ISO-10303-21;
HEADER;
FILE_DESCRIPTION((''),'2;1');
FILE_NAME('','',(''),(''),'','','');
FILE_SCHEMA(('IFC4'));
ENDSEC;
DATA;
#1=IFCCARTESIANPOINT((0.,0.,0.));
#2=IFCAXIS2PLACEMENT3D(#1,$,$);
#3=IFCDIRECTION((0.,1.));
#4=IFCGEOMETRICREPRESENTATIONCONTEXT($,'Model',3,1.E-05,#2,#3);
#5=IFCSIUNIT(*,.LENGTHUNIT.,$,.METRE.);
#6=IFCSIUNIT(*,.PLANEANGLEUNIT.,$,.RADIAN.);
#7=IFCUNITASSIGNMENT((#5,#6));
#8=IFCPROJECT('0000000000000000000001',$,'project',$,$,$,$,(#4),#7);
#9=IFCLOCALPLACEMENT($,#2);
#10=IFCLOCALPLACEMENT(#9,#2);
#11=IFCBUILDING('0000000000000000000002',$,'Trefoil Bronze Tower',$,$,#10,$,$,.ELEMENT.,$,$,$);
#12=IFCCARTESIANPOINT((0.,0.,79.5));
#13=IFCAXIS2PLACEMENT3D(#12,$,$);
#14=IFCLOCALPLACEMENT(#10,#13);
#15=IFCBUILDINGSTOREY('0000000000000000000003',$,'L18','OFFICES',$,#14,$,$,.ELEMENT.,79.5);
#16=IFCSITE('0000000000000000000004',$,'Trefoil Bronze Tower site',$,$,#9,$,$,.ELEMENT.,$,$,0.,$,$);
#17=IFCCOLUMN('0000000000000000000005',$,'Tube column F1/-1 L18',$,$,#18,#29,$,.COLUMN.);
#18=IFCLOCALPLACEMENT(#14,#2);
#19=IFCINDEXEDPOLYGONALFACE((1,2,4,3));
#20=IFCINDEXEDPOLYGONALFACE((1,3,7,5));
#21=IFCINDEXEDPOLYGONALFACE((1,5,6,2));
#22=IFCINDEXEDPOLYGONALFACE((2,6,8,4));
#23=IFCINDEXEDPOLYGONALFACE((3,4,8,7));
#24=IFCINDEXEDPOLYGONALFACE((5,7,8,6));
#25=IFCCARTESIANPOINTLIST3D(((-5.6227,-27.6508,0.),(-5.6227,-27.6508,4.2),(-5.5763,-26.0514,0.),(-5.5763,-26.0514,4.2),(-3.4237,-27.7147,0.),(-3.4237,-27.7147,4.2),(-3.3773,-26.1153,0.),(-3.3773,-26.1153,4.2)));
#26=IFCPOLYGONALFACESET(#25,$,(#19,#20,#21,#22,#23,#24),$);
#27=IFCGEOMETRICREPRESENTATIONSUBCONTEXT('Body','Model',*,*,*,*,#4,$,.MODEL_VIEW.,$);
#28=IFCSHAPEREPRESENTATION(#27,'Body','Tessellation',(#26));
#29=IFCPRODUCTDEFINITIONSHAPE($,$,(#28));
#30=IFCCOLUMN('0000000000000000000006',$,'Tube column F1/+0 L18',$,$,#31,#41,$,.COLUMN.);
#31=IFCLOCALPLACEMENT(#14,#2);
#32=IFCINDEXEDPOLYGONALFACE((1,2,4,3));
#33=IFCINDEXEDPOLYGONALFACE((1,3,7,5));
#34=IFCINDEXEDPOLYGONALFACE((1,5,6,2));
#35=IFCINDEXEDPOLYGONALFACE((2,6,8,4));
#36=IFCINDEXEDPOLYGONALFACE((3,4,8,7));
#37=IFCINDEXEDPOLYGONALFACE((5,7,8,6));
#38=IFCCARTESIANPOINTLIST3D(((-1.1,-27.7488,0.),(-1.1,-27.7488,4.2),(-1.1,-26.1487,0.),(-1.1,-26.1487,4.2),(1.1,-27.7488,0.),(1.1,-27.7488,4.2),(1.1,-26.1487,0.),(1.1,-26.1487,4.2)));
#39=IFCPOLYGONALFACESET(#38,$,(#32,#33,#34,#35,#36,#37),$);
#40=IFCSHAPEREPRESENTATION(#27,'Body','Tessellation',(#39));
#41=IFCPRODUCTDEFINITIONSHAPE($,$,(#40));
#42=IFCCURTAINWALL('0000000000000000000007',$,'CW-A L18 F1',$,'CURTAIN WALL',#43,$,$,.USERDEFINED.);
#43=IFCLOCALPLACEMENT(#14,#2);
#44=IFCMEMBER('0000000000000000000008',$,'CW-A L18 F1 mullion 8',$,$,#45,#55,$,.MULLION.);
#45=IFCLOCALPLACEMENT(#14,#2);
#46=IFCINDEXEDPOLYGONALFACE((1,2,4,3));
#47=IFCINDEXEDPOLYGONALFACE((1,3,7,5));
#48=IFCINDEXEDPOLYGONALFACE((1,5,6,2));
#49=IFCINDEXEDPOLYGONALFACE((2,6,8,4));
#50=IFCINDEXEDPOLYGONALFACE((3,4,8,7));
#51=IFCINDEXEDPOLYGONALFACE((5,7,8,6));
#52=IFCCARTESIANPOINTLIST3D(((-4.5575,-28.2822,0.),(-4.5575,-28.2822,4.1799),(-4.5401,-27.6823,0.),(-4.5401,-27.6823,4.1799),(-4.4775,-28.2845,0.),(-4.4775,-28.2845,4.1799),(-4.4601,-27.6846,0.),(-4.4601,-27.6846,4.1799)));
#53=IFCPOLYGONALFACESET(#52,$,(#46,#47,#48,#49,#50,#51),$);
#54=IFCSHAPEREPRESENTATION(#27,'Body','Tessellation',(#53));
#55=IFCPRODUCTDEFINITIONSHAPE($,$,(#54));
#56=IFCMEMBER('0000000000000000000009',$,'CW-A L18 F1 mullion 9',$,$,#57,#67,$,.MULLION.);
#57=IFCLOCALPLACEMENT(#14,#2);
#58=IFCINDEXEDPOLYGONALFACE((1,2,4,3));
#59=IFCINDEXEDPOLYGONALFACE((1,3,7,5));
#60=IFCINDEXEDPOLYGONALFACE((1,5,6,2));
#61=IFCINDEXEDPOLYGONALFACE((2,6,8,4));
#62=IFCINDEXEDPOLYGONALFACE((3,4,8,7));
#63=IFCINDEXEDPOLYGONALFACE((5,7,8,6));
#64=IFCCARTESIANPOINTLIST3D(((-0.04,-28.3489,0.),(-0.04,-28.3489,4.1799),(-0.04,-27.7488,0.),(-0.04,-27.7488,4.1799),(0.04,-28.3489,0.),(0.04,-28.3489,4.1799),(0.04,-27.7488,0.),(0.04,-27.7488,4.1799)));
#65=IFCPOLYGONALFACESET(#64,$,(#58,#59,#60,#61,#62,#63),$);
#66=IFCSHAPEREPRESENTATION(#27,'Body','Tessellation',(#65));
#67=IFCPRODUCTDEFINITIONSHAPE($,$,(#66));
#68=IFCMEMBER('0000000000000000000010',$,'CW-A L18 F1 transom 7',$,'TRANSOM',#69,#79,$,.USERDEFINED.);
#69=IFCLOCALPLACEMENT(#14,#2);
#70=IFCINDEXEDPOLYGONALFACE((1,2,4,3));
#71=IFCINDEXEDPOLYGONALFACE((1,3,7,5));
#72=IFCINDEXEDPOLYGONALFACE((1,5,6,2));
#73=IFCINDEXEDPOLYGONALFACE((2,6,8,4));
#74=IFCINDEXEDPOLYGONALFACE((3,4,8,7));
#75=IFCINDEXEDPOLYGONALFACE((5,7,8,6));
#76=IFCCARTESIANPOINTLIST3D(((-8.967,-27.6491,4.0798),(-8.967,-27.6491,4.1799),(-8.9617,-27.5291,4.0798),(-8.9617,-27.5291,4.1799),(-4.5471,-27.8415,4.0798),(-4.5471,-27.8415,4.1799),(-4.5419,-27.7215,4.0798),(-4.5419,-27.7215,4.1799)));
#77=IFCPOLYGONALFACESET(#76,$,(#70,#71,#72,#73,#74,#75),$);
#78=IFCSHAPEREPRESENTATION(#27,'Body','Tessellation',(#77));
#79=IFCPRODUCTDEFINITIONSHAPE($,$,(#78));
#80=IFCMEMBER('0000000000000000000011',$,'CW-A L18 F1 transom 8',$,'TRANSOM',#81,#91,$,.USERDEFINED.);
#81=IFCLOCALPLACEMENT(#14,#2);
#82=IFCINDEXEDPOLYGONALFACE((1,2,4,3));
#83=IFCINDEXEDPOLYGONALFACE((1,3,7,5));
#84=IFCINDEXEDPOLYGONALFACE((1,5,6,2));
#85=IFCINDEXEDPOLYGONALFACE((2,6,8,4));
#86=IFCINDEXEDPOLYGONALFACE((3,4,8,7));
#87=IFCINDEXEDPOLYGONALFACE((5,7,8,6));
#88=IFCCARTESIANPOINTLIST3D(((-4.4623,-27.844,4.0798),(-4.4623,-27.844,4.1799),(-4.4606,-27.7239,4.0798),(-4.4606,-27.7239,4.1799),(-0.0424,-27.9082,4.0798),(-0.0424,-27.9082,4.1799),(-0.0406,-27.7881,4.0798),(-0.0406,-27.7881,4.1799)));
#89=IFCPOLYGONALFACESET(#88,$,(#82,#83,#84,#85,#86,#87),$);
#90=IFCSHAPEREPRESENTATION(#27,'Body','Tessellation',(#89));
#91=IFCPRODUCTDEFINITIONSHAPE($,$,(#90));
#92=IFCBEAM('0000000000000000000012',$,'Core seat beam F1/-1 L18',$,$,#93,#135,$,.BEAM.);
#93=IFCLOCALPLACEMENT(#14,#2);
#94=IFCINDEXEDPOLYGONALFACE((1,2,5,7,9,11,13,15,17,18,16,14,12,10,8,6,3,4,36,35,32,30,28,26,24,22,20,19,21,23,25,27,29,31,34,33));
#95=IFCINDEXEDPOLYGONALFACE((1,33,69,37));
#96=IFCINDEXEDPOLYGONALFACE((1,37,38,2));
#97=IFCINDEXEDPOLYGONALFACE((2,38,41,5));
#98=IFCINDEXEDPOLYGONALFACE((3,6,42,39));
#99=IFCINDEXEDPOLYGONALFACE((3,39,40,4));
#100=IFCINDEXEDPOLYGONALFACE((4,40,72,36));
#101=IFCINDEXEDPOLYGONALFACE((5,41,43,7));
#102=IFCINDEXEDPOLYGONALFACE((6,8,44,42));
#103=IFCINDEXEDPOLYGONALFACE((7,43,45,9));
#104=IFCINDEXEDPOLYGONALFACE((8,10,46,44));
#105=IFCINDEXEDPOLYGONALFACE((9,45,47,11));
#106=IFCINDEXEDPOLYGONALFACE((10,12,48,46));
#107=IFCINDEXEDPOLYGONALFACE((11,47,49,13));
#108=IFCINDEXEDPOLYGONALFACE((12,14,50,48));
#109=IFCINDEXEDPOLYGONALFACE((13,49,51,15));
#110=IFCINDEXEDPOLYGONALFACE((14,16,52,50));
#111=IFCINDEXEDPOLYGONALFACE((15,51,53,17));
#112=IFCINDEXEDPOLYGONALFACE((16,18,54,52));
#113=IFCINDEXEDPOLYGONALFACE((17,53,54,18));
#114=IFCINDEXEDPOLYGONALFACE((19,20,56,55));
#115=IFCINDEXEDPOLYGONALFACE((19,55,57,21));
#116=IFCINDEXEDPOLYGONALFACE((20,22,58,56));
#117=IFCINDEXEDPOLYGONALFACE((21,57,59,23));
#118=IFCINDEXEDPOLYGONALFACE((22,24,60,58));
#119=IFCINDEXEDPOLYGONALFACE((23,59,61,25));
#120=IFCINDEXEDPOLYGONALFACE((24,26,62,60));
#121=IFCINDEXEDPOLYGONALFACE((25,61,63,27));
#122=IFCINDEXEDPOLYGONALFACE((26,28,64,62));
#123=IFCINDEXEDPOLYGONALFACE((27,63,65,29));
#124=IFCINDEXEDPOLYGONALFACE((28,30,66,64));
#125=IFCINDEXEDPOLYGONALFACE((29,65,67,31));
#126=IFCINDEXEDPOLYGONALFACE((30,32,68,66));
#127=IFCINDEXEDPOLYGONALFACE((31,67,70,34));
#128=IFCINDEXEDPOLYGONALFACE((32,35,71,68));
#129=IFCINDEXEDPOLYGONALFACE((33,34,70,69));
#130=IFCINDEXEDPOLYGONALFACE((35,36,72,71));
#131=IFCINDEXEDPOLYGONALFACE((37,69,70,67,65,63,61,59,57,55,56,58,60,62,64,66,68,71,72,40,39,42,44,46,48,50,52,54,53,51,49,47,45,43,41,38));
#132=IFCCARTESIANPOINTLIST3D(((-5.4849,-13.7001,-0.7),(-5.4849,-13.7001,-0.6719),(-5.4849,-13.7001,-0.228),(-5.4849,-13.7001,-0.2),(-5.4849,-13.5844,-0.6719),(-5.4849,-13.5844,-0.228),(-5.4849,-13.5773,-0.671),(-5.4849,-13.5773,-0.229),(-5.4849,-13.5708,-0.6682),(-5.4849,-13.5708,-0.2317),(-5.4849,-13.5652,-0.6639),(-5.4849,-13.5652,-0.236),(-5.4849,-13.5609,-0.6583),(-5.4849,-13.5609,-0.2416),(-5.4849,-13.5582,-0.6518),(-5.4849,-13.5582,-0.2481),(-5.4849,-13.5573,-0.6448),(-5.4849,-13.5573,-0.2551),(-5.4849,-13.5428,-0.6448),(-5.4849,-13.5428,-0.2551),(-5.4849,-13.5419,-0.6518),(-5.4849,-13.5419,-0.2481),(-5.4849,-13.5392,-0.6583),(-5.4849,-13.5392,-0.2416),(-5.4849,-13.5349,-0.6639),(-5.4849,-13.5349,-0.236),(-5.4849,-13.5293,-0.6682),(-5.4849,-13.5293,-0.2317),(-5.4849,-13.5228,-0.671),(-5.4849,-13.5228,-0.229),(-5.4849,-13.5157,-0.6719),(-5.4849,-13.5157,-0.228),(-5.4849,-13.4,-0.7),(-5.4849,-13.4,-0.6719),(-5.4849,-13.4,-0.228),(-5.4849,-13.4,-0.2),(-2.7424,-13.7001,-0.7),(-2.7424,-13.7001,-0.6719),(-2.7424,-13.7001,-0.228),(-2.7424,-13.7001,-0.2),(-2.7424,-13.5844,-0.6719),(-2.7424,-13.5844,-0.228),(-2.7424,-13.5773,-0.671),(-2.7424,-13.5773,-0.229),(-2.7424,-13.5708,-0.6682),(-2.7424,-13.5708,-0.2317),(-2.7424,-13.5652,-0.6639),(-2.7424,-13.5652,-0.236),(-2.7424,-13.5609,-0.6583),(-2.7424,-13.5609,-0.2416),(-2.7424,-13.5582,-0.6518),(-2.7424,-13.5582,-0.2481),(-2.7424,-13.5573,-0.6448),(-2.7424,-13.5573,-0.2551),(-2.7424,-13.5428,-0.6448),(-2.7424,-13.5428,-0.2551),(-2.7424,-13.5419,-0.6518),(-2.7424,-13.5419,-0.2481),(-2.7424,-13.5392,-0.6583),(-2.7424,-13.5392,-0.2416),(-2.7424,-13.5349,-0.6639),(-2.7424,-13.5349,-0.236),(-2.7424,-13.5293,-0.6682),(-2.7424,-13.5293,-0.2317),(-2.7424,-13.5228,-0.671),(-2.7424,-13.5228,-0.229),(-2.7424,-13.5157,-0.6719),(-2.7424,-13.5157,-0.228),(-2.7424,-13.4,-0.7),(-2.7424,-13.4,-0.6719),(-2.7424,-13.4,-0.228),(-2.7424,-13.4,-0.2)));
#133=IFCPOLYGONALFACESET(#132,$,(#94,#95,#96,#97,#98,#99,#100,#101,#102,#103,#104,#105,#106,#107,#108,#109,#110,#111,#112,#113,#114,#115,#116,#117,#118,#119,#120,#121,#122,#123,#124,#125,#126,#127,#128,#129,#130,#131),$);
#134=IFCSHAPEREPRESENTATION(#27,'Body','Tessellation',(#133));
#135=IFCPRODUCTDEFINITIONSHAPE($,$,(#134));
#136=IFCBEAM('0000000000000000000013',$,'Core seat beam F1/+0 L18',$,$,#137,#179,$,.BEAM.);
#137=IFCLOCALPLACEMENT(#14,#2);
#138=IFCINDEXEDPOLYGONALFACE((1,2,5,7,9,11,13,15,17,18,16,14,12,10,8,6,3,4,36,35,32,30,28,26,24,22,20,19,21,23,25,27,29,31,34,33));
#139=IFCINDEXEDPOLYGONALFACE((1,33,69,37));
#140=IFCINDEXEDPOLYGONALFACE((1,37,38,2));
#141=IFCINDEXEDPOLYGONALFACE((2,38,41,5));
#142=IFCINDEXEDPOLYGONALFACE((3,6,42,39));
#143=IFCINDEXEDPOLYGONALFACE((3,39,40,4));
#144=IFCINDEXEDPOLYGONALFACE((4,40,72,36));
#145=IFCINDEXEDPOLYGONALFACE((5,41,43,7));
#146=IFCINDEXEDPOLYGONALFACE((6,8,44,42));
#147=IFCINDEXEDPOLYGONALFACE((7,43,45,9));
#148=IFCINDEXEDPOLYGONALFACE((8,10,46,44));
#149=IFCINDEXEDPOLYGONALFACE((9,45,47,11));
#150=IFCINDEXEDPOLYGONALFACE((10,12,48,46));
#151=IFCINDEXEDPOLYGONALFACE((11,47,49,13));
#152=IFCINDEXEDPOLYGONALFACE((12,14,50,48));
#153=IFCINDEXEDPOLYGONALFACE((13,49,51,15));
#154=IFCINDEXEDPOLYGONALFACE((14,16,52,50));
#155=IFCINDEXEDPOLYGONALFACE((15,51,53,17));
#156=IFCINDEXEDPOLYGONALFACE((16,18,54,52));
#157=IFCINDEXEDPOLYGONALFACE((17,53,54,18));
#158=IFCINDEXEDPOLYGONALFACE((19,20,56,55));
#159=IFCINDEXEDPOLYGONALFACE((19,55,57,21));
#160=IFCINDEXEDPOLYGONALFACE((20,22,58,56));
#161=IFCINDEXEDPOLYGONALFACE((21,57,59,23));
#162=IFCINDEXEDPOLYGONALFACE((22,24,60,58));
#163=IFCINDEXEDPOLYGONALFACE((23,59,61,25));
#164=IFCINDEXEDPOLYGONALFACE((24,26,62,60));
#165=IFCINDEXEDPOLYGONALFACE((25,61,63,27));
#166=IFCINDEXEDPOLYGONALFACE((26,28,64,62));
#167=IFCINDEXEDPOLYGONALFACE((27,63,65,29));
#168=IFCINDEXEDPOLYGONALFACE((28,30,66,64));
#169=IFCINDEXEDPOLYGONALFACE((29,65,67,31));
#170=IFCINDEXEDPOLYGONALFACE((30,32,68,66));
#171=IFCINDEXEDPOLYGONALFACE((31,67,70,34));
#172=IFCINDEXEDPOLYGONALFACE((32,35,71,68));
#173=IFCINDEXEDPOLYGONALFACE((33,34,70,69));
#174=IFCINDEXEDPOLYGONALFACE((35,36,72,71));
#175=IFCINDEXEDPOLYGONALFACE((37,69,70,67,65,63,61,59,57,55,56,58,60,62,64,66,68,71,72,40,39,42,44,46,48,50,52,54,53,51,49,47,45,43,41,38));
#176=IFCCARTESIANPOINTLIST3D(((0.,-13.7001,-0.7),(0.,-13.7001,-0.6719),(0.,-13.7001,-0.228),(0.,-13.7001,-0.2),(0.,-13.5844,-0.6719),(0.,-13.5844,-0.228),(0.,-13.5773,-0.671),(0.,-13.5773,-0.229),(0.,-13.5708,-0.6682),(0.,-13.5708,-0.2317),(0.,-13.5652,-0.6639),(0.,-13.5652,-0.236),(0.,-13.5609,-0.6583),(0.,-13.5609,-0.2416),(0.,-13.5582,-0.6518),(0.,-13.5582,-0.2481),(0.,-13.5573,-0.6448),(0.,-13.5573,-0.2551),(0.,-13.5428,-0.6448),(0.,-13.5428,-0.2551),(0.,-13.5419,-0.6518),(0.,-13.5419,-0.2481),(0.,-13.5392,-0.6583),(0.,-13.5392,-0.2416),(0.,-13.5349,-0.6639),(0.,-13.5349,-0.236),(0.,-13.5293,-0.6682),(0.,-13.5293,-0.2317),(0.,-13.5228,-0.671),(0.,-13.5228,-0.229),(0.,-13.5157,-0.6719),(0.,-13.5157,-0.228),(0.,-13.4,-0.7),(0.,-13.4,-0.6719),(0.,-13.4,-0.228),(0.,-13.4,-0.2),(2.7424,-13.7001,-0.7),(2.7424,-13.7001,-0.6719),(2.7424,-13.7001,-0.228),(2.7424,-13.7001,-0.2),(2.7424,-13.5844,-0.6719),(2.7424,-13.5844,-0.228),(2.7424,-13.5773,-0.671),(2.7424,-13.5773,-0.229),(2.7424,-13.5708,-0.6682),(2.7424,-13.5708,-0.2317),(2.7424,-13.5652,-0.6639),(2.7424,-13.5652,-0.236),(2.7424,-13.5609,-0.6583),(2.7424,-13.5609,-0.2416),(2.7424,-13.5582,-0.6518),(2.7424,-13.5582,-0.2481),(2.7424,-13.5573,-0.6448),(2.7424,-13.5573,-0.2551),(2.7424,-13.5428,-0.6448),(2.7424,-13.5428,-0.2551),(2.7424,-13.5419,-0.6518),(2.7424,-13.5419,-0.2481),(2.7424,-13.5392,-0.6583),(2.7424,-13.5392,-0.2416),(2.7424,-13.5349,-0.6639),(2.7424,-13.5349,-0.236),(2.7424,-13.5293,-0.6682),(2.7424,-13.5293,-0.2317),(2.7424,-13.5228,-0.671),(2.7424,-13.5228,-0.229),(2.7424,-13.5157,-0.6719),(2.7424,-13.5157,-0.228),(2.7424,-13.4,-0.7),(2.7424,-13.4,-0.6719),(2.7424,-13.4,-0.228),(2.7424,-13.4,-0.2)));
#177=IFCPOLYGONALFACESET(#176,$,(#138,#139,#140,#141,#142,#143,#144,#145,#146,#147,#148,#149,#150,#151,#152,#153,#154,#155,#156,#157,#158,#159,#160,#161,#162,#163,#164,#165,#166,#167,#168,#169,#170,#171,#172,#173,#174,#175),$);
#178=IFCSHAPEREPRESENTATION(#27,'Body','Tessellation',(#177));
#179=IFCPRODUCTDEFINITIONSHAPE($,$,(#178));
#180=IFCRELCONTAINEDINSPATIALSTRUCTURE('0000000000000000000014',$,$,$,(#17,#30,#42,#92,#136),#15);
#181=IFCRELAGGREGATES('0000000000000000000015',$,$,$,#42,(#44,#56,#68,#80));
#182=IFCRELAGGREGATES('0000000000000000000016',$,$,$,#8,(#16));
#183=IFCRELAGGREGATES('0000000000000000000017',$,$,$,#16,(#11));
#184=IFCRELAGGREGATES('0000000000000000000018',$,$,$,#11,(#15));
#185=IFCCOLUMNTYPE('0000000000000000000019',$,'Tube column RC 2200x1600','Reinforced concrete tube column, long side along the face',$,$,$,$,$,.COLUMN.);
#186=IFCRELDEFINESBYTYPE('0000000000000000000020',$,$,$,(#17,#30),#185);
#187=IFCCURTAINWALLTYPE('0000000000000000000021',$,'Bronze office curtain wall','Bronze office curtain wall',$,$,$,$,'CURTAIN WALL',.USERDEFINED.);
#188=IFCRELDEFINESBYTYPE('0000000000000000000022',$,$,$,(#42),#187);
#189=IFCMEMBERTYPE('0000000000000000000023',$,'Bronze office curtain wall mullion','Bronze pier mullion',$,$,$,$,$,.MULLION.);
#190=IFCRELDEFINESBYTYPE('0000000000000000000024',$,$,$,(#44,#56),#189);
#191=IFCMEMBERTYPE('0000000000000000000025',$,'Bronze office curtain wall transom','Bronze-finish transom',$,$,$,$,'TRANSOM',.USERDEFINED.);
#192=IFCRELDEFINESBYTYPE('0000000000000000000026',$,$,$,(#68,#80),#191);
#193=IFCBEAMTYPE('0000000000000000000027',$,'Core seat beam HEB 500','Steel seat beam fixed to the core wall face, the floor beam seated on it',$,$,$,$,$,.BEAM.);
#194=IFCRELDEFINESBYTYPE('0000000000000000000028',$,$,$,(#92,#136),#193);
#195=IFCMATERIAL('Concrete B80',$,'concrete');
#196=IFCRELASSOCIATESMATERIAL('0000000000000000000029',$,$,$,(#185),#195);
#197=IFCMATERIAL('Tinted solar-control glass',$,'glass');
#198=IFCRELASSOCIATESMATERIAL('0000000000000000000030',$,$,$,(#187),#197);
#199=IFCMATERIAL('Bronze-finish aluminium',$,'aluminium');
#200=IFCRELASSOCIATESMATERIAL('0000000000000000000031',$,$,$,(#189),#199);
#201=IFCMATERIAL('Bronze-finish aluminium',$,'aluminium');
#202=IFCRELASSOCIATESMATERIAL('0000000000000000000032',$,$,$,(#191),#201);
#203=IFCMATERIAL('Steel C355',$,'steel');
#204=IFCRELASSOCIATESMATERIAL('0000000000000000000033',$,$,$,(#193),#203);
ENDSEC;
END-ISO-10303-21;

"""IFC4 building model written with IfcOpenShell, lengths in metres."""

from ifc_helpers import new_model, si_unit, direction, frame, origin, origin_2d, place, context, subcontext, project, spatial, rectangle, i_section, extrude, material, material_profile, profile_set, type_object, element, aggregate, save


model = new_model("IFC4")

# Units and contexts
model_context = context("Model", 3, precision=1e-05, world=origin(), true_north=direction((0.0, 1.0)))
body_context = subcontext(model_context, "Body", "Model", "MODEL_VIEW")
ifc_project = project(units=[si_unit("LENGTHUNIT", "METRE"), si_unit("PLANEANGLEUNIT", "RADIAN")], contexts=[model_context])

# Site, building, storey
site_placement = place(None, origin())
site = spatial("IfcSite", under=ifc_project, at=site_placement, Name="Trefoil Bronze Tower site", CompositionType="ELEMENT", RefElevation=0.0)
building_placement = place(site_placement, origin())
building = spatial("IfcBuilding", under=site, at=building_placement, Name="Trefoil Bronze Tower", CompositionType="ELEMENT")
storey_placement = place(building_placement, frame((0.0, 0.0, 79.5)))
storey = spatial("IfcBuildingStorey", under=building, at=storey_placement, Name="L18", Description="OFFICES", CompositionType="ELEMENT", Elevation=79.5)

# Columns
ifc_material_1 = material(Name="Concrete B80", Category="concrete")
ifc_material_profile_1 = material_profile(ifc_material_1, rectangle(XDim=2.2, YDim=1.6001, at=origin_2d()), Name="RC 2200x1600")
ifc_profile_set_1 = profile_set([ifc_material_profile_1], Name="Concrete B80")
column_type = type_object("IfcColumnType", Name="Tube column RC 2200x1600", Description="Reinforced concrete tube column, long side along the face", PredefinedType="COLUMN", material=ifc_profile_set_1)
for number, where, z_axis, x_axis, name in (
    (1, (-4.5, -26.8831, 0.0), (0.0, 0.0, 1.0), (0.999579, -0.029022, 0.0), "Tube column F1/-1 L18"),
    (2, (0.0, -26.9487, 0.0), (0.0, 0.0, 1.0), (1.0, 0.0, 0.0), "Tube column F1/+0 L18"),
):
    element("IfcColumn", number, at=place(storey_placement, frame(where, z_axis=z_axis, x_axis=x_axis)), inside=storey, type_object=column_type, Name=name, PredefinedType="COLUMN", context=body_context, shape_type="SweptSolid", body=[
        extrude(rectangle(XDim=2.2, YDim=1.6001, at=origin_2d()), origin(), (0.0, 0.0, 1.0), 4.2),
    ])

# Curtain wall, members
ifc_material_2 = material(Name="Tinted solar-control glass", Category="glass")
curtain_wall_type = type_object("IfcCurtainWallType", Name="Bronze office curtain wall", Description="Bronze office curtain wall", ElementType="CURTAIN WALL", PredefinedType="USERDEFINED", material=ifc_material_2)
curtain_wall_placement = place(storey_placement, origin())
curtain_wall = element("IfcCurtainWall", 3, at=curtain_wall_placement, inside=storey, type_object=curtain_wall_type, Name="CW-A L18 F1", ObjectType="CURTAIN WALL", PredefinedType="USERDEFINED")
ifc_material_3 = material(Name="Bronze-finish aluminium", Category="aluminium")
ifc_material_profile_2 = material_profile(ifc_material_3, rectangle(XDim=0.6001, YDim=0.0801, at=origin_2d()), Name="CW-A mullion")
ifc_profile_set_2 = profile_set([ifc_material_profile_2], Name="Bronze-finish aluminium")
member_type_1 = type_object("IfcMemberType", Name="Bronze office curtain wall mullion", Description="Bronze pier mullion", PredefinedType="MULLION", material=ifc_profile_set_2)
member_1_placement = place(storey_placement, frame((-4.5088, -27.9834, 0.0), z_axis=(0.0, 0.0, 1.0), x_axis=(0.029022, 0.999579, 0.0)))
member_1 = element("IfcMember", 4, at=member_1_placement, type_object=member_type_1, Name="CW-A L18 F1 mullion 8", PredefinedType="MULLION", context=body_context, shape_type="SweptSolid", body=[
    extrude(rectangle(XDim=0.6001, YDim=0.0801, at=origin_2d()), origin(), (0.0, 0.0, 1.0), 4.1799),
])
member_2_placement = place(storey_placement, frame((0.0, -28.0488, 0.0), z_axis=(0.0, 0.0, 1.0), x_axis=(0.0, 1.0, 0.0)))
member_2 = element("IfcMember", 5, at=member_2_placement, type_object=member_type_1, Name="CW-A L18 F1 mullion 9", PredefinedType="MULLION", context=body_context, shape_type="SweptSolid", body=[
    extrude(rectangle(XDim=0.6001, YDim=0.0801, at=origin_2d()), origin(), (0.0, 0.0, 1.0), 4.1799),
])
ifc_material_4 = material(Name="Bronze-finish aluminium", Category="aluminium")
ifc_material_profile_3 = material_profile(ifc_material_4, rectangle(XDim=0.1201, YDim=0.1001, at=origin_2d()), Name="CW-A transom")
ifc_profile_set_3 = profile_set([ifc_material_profile_3], Name="Bronze-finish aluminium")
member_type_2 = type_object("IfcMemberType", Name="Bronze office curtain wall transom", Description="Bronze-finish transom", ElementType="TRANSOM", PredefinedType="USERDEFINED", material=ifc_profile_set_3)
member_3_placement = place(storey_placement, frame((-8.9644, -27.5891, 4.1299), z_axis=(0.999054, -0.043485, 0.0), x_axis=(0.043485, 0.999054, 0.0)))
member_3 = element("IfcMember", 6, at=member_3_placement, type_object=member_type_2, Name="CW-A L18 F1 transom 7", ObjectType="TRANSOM", PredefinedType="USERDEFINED", context=body_context, shape_type="SweptSolid", body=[
    extrude(rectangle(XDim=0.1201, YDim=0.1001, at=origin_2d()), origin(), (0.0, 0.0, 1.0), 4.4241),
])
member_4_placement = place(storey_placement, frame((-4.4614, -27.7839, 4.1299), z_axis=(0.999894, -0.014526, 0.0), x_axis=(0.014526, 0.999894, 0.0)))
member_4 = element("IfcMember", 7, at=member_4_placement, type_object=member_type_2, Name="CW-A L18 F1 transom 8", ObjectType="TRANSOM", PredefinedType="USERDEFINED", context=body_context, shape_type="SweptSolid", body=[
    extrude(rectangle(XDim=0.1201, YDim=0.1001, at=origin_2d()), origin(), (0.0, 0.0, 1.0), 4.4204),
])

# Beams
ifc_material_5 = material(Name="Steel C355", Category="steel")
ifc_material_profile_4 = material_profile(ifc_material_5, i_section(OverallWidth=0.3, OverallDepth=0.5, WebThickness=0.0144, FlangeThickness=0.0281, FilletRadius=0.0271, at=origin_2d()), Name="HEB 500")
ifc_profile_set_4 = profile_set([ifc_material_profile_4], Name="Steel C355")
beam_type_1 = type_object("IfcBeamType", Name="Core seat beam HEB 500", Description="Steel seat beam fixed to the core wall face, the floor beam seated on it", PredefinedType="BEAM", material=ifc_profile_set_4)
for number, where, z_axis, x_axis, name in (
    (8, (-5.4849, -13.55, -0.45), (1.0, 0.0, 0.0), (0.0, 1.0, 0.0), "Core seat beam F1/-1 L18"),
    (9, (0.0, -13.55, -0.45), (1.0, 0.0, 0.0), (0.0, 1.0, 0.0), "Core seat beam F1/+0 L18"),
):
    element("IfcBeam", number, at=place(storey_placement, frame(where, z_axis=z_axis, x_axis=x_axis)), inside=storey, type_object=beam_type_1, Name=name, PredefinedType="BEAM", context=body_context, shape_type="SweptSolid", body=[
        extrude(i_section(OverallWidth=0.3, OverallDepth=0.5, WebThickness=0.0144, FlangeThickness=0.0281, FilletRadius=0.0271, at=origin_2d()), origin(), (0.0, 0.0, 1.0), 2.7424),
    ])

aggregate(curtain_wall, [member_1, member_2, member_3, member_4])

save(model, "model.ifc")
